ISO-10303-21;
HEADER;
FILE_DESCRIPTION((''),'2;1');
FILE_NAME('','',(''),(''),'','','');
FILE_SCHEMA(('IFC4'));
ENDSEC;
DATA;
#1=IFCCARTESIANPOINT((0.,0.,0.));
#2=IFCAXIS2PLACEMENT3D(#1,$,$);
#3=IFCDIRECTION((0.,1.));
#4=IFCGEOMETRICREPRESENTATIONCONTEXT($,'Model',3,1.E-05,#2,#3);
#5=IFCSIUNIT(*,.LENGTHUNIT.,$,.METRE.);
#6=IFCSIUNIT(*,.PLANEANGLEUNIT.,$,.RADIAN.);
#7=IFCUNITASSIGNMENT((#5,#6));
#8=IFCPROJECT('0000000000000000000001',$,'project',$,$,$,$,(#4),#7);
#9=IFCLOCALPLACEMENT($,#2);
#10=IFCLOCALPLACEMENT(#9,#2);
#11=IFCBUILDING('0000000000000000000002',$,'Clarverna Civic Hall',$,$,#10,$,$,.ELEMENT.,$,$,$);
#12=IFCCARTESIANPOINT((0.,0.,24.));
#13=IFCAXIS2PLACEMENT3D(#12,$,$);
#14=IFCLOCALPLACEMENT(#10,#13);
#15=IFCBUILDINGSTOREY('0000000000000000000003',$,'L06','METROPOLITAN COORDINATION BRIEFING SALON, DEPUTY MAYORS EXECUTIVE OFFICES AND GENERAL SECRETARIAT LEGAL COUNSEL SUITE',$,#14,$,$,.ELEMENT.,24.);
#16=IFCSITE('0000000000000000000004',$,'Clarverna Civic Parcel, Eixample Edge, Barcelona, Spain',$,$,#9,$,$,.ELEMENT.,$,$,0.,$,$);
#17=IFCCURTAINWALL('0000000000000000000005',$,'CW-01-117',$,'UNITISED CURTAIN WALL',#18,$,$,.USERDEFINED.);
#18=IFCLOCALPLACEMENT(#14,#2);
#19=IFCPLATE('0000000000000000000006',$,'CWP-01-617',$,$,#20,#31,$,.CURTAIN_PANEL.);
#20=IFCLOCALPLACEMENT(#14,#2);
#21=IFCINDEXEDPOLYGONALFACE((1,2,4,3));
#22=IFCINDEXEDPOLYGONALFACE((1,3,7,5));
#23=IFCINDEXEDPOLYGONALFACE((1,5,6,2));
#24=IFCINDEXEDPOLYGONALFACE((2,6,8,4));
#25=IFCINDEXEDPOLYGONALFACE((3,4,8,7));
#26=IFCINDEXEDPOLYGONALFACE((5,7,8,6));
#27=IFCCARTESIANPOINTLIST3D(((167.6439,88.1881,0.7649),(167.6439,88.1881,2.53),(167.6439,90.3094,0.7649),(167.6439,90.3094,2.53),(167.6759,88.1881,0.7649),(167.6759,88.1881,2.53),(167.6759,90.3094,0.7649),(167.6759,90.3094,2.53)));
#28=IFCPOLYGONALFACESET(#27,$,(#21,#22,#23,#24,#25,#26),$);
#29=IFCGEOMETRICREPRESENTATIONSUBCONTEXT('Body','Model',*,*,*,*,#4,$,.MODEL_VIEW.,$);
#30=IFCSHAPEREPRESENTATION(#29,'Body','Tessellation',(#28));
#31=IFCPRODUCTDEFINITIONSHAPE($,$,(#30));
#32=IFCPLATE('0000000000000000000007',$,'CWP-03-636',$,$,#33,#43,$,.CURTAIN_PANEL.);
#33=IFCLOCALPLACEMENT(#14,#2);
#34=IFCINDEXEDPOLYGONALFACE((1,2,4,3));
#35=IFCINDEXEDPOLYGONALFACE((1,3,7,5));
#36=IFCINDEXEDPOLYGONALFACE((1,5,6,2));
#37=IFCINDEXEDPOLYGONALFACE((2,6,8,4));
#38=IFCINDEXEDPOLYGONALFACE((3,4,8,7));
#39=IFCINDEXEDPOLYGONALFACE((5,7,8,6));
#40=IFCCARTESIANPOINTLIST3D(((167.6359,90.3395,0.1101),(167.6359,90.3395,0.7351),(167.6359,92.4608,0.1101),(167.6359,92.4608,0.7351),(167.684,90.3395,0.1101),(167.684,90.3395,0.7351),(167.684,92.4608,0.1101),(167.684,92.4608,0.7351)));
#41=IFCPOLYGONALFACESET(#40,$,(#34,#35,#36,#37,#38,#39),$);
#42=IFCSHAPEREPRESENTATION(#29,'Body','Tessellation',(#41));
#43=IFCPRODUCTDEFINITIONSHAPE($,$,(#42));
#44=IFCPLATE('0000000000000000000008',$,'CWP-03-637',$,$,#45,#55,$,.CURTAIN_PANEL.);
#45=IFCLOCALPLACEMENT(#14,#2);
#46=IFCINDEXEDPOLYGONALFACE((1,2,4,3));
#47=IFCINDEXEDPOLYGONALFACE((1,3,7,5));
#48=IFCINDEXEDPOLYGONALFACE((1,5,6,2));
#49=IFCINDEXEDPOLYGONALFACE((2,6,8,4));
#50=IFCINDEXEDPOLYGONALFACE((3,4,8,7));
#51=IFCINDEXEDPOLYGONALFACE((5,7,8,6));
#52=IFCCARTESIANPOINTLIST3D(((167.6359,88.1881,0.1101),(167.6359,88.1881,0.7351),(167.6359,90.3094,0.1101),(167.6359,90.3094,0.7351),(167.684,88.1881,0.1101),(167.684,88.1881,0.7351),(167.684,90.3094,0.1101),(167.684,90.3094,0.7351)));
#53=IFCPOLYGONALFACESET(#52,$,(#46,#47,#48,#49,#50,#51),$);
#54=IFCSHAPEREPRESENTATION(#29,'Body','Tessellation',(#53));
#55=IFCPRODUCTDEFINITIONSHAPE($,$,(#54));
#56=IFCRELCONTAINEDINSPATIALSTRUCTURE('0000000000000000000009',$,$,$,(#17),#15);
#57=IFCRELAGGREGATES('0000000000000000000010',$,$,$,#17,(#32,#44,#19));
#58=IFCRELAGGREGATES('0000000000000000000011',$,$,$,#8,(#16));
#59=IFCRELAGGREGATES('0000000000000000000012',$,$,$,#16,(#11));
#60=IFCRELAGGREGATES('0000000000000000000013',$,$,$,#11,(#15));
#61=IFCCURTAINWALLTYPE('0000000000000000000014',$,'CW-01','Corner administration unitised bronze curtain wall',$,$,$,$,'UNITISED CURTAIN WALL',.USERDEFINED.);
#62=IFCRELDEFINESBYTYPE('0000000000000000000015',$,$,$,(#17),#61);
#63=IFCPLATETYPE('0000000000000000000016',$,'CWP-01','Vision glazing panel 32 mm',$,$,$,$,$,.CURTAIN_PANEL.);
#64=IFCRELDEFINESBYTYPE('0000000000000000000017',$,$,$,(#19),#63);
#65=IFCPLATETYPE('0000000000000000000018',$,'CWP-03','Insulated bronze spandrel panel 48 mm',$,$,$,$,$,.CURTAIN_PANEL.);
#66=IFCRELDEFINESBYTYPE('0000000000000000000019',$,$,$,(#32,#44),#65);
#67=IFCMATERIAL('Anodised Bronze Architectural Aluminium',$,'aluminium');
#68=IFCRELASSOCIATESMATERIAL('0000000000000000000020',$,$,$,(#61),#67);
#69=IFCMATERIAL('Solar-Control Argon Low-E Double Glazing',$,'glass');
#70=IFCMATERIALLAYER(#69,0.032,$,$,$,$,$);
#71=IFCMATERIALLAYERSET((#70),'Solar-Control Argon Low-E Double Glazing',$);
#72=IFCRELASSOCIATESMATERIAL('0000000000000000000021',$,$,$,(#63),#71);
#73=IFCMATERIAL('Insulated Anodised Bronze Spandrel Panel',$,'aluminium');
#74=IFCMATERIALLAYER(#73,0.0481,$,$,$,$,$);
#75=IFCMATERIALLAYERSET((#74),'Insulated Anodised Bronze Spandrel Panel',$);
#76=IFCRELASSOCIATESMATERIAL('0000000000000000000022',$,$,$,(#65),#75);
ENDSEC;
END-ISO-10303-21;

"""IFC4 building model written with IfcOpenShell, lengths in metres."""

from ifc_helpers import new_model, si_unit, direction, frame, frame_2d, origin, place, context, subcontext, project, spatial, rectangle, extrude, material, layer, layer_set, type_object, element, aggregate, save


model = new_model("IFC4")

# Units and contexts
model_context = context("Model", 3, precision=1e-05, world=origin(), true_north=direction((0.0, 1.0)))
body_context = subcontext(model_context, "Body", "Model", "MODEL_VIEW")
ifc_project = project(units=[si_unit("LENGTHUNIT", "METRE"), si_unit("PLANEANGLEUNIT", "RADIAN")], contexts=[model_context])

# Site, building, storey
site_placement = place(None, origin())
site = spatial("IfcSite", under=ifc_project, at=site_placement, Name="Clarverna Civic Parcel, Eixample Edge, Barcelona, Spain", CompositionType="ELEMENT", RefElevation=0.0)
building_placement = place(site_placement, origin())
building = spatial("IfcBuilding", under=site, at=building_placement, Name="Clarverna Civic Hall", CompositionType="ELEMENT")
storey_placement = place(building_placement, frame((0.0, 0.0, 24.0)))
storey = spatial("IfcBuildingStorey", under=building, at=storey_placement, Name="L06", Description="METROPOLITAN COORDINATION BRIEFING SALON, DEPUTY MAYORS EXECUTIVE OFFICES AND GENERAL SECRETARIAT LEGAL COUNSEL SUITE", CompositionType="ELEMENT", Elevation=24.0)

# Curtain wall
ifc_material_1 = material(Name="Anodised Bronze Architectural Aluminium", Category="aluminium")
curtain_wall_type = type_object("IfcCurtainWallType", Name="CW-01", Description="Corner administration unitised bronze curtain wall", ElementType="UNITISED CURTAIN WALL", PredefinedType="USERDEFINED", material=ifc_material_1)
curtain_wall_placement = place(storey_placement, origin())
curtain_wall = element("IfcCurtainWall", 1, at=curtain_wall_placement, inside=storey, type_object=curtain_wall_type, Name="CW-01-117", ObjectType="UNITISED CURTAIN WALL", PredefinedType="USERDEFINED")

# Plates
ifc_material_2 = material(Name="Solar-Control Argon Low-E Double Glazing", Category="glass")
ifc_layer_1 = layer(ifc_material_2, 0.032)
ifc_layer_set_1 = layer_set([ifc_layer_1], Name="Solar-Control Argon Low-E Double Glazing")
plate_type_1 = type_object("IfcPlateType", Name="CWP-01", Description="Vision glazing panel 32 mm", PredefinedType="CURTAIN_PANEL", material=ifc_layer_set_1)
plate_1_placement = place(storey_placement, frame((167.6599, 90.3093, 0.7649), z_axis=(0.0, 0.0, 1.0), x_axis=(0.0, -1.0, 0.0)))
plate_1 = element("IfcPlate", 2, at=plate_1_placement, type_object=plate_type_1, Name="CWP-01-617", PredefinedType="CURTAIN_PANEL", context=body_context, shape_type="SweptSolid", body=[
    extrude(rectangle(XDim=2.1213, YDim=0.032, at=frame_2d((1.0605, 0.0))), origin(), (0.0, 0.0, 1.0), 1.7651),
])
ifc_material_3 = material(Name="Insulated Anodised Bronze Spandrel Panel", Category="aluminium")
ifc_layer_2 = layer(ifc_material_3, 0.0481)
ifc_layer_set_2 = layer_set([ifc_layer_2], Name="Insulated Anodised Bronze Spandrel Panel")
plate_type_2 = type_object("IfcPlateType", Name="CWP-03", Description="Insulated bronze spandrel panel 48 mm", PredefinedType="CURTAIN_PANEL", material=ifc_layer_set_2)
plate_2_placement = place(storey_placement, frame((167.6599, 92.4607, 0.1101), z_axis=(0.0, 0.0, 1.0), x_axis=(0.0, -1.0, 0.0)))
plate_2 = element("IfcPlate", 3, at=plate_2_placement, type_object=plate_type_2, Name="CWP-03-636", PredefinedType="CURTAIN_PANEL", context=body_context, shape_type="SweptSolid", body=[
    extrude(rectangle(XDim=2.1213, YDim=0.0481, at=frame_2d((1.0605, 0.0))), origin(), (0.0, 0.0, 1.0), 0.625),
])
plate_3_placement = place(storey_placement, frame((167.6599, 90.3093, 0.1101), z_axis=(0.0, 0.0, 1.0), x_axis=(0.0, -1.0, 0.0)))
plate_3 = element("IfcPlate", 4, at=plate_3_placement, type_object=plate_type_2, Name="CWP-03-637", PredefinedType="CURTAIN_PANEL", context=body_context, shape_type="SweptSolid", body=[
    extrude(rectangle(XDim=2.1213, YDim=0.0481, at=frame_2d((1.0605, 0.0))), origin(), (0.0, 0.0, 1.0), 0.625),
])
aggregate(curtain_wall, [plate_2, plate_3, plate_1])

save(model, "model.ifc")
